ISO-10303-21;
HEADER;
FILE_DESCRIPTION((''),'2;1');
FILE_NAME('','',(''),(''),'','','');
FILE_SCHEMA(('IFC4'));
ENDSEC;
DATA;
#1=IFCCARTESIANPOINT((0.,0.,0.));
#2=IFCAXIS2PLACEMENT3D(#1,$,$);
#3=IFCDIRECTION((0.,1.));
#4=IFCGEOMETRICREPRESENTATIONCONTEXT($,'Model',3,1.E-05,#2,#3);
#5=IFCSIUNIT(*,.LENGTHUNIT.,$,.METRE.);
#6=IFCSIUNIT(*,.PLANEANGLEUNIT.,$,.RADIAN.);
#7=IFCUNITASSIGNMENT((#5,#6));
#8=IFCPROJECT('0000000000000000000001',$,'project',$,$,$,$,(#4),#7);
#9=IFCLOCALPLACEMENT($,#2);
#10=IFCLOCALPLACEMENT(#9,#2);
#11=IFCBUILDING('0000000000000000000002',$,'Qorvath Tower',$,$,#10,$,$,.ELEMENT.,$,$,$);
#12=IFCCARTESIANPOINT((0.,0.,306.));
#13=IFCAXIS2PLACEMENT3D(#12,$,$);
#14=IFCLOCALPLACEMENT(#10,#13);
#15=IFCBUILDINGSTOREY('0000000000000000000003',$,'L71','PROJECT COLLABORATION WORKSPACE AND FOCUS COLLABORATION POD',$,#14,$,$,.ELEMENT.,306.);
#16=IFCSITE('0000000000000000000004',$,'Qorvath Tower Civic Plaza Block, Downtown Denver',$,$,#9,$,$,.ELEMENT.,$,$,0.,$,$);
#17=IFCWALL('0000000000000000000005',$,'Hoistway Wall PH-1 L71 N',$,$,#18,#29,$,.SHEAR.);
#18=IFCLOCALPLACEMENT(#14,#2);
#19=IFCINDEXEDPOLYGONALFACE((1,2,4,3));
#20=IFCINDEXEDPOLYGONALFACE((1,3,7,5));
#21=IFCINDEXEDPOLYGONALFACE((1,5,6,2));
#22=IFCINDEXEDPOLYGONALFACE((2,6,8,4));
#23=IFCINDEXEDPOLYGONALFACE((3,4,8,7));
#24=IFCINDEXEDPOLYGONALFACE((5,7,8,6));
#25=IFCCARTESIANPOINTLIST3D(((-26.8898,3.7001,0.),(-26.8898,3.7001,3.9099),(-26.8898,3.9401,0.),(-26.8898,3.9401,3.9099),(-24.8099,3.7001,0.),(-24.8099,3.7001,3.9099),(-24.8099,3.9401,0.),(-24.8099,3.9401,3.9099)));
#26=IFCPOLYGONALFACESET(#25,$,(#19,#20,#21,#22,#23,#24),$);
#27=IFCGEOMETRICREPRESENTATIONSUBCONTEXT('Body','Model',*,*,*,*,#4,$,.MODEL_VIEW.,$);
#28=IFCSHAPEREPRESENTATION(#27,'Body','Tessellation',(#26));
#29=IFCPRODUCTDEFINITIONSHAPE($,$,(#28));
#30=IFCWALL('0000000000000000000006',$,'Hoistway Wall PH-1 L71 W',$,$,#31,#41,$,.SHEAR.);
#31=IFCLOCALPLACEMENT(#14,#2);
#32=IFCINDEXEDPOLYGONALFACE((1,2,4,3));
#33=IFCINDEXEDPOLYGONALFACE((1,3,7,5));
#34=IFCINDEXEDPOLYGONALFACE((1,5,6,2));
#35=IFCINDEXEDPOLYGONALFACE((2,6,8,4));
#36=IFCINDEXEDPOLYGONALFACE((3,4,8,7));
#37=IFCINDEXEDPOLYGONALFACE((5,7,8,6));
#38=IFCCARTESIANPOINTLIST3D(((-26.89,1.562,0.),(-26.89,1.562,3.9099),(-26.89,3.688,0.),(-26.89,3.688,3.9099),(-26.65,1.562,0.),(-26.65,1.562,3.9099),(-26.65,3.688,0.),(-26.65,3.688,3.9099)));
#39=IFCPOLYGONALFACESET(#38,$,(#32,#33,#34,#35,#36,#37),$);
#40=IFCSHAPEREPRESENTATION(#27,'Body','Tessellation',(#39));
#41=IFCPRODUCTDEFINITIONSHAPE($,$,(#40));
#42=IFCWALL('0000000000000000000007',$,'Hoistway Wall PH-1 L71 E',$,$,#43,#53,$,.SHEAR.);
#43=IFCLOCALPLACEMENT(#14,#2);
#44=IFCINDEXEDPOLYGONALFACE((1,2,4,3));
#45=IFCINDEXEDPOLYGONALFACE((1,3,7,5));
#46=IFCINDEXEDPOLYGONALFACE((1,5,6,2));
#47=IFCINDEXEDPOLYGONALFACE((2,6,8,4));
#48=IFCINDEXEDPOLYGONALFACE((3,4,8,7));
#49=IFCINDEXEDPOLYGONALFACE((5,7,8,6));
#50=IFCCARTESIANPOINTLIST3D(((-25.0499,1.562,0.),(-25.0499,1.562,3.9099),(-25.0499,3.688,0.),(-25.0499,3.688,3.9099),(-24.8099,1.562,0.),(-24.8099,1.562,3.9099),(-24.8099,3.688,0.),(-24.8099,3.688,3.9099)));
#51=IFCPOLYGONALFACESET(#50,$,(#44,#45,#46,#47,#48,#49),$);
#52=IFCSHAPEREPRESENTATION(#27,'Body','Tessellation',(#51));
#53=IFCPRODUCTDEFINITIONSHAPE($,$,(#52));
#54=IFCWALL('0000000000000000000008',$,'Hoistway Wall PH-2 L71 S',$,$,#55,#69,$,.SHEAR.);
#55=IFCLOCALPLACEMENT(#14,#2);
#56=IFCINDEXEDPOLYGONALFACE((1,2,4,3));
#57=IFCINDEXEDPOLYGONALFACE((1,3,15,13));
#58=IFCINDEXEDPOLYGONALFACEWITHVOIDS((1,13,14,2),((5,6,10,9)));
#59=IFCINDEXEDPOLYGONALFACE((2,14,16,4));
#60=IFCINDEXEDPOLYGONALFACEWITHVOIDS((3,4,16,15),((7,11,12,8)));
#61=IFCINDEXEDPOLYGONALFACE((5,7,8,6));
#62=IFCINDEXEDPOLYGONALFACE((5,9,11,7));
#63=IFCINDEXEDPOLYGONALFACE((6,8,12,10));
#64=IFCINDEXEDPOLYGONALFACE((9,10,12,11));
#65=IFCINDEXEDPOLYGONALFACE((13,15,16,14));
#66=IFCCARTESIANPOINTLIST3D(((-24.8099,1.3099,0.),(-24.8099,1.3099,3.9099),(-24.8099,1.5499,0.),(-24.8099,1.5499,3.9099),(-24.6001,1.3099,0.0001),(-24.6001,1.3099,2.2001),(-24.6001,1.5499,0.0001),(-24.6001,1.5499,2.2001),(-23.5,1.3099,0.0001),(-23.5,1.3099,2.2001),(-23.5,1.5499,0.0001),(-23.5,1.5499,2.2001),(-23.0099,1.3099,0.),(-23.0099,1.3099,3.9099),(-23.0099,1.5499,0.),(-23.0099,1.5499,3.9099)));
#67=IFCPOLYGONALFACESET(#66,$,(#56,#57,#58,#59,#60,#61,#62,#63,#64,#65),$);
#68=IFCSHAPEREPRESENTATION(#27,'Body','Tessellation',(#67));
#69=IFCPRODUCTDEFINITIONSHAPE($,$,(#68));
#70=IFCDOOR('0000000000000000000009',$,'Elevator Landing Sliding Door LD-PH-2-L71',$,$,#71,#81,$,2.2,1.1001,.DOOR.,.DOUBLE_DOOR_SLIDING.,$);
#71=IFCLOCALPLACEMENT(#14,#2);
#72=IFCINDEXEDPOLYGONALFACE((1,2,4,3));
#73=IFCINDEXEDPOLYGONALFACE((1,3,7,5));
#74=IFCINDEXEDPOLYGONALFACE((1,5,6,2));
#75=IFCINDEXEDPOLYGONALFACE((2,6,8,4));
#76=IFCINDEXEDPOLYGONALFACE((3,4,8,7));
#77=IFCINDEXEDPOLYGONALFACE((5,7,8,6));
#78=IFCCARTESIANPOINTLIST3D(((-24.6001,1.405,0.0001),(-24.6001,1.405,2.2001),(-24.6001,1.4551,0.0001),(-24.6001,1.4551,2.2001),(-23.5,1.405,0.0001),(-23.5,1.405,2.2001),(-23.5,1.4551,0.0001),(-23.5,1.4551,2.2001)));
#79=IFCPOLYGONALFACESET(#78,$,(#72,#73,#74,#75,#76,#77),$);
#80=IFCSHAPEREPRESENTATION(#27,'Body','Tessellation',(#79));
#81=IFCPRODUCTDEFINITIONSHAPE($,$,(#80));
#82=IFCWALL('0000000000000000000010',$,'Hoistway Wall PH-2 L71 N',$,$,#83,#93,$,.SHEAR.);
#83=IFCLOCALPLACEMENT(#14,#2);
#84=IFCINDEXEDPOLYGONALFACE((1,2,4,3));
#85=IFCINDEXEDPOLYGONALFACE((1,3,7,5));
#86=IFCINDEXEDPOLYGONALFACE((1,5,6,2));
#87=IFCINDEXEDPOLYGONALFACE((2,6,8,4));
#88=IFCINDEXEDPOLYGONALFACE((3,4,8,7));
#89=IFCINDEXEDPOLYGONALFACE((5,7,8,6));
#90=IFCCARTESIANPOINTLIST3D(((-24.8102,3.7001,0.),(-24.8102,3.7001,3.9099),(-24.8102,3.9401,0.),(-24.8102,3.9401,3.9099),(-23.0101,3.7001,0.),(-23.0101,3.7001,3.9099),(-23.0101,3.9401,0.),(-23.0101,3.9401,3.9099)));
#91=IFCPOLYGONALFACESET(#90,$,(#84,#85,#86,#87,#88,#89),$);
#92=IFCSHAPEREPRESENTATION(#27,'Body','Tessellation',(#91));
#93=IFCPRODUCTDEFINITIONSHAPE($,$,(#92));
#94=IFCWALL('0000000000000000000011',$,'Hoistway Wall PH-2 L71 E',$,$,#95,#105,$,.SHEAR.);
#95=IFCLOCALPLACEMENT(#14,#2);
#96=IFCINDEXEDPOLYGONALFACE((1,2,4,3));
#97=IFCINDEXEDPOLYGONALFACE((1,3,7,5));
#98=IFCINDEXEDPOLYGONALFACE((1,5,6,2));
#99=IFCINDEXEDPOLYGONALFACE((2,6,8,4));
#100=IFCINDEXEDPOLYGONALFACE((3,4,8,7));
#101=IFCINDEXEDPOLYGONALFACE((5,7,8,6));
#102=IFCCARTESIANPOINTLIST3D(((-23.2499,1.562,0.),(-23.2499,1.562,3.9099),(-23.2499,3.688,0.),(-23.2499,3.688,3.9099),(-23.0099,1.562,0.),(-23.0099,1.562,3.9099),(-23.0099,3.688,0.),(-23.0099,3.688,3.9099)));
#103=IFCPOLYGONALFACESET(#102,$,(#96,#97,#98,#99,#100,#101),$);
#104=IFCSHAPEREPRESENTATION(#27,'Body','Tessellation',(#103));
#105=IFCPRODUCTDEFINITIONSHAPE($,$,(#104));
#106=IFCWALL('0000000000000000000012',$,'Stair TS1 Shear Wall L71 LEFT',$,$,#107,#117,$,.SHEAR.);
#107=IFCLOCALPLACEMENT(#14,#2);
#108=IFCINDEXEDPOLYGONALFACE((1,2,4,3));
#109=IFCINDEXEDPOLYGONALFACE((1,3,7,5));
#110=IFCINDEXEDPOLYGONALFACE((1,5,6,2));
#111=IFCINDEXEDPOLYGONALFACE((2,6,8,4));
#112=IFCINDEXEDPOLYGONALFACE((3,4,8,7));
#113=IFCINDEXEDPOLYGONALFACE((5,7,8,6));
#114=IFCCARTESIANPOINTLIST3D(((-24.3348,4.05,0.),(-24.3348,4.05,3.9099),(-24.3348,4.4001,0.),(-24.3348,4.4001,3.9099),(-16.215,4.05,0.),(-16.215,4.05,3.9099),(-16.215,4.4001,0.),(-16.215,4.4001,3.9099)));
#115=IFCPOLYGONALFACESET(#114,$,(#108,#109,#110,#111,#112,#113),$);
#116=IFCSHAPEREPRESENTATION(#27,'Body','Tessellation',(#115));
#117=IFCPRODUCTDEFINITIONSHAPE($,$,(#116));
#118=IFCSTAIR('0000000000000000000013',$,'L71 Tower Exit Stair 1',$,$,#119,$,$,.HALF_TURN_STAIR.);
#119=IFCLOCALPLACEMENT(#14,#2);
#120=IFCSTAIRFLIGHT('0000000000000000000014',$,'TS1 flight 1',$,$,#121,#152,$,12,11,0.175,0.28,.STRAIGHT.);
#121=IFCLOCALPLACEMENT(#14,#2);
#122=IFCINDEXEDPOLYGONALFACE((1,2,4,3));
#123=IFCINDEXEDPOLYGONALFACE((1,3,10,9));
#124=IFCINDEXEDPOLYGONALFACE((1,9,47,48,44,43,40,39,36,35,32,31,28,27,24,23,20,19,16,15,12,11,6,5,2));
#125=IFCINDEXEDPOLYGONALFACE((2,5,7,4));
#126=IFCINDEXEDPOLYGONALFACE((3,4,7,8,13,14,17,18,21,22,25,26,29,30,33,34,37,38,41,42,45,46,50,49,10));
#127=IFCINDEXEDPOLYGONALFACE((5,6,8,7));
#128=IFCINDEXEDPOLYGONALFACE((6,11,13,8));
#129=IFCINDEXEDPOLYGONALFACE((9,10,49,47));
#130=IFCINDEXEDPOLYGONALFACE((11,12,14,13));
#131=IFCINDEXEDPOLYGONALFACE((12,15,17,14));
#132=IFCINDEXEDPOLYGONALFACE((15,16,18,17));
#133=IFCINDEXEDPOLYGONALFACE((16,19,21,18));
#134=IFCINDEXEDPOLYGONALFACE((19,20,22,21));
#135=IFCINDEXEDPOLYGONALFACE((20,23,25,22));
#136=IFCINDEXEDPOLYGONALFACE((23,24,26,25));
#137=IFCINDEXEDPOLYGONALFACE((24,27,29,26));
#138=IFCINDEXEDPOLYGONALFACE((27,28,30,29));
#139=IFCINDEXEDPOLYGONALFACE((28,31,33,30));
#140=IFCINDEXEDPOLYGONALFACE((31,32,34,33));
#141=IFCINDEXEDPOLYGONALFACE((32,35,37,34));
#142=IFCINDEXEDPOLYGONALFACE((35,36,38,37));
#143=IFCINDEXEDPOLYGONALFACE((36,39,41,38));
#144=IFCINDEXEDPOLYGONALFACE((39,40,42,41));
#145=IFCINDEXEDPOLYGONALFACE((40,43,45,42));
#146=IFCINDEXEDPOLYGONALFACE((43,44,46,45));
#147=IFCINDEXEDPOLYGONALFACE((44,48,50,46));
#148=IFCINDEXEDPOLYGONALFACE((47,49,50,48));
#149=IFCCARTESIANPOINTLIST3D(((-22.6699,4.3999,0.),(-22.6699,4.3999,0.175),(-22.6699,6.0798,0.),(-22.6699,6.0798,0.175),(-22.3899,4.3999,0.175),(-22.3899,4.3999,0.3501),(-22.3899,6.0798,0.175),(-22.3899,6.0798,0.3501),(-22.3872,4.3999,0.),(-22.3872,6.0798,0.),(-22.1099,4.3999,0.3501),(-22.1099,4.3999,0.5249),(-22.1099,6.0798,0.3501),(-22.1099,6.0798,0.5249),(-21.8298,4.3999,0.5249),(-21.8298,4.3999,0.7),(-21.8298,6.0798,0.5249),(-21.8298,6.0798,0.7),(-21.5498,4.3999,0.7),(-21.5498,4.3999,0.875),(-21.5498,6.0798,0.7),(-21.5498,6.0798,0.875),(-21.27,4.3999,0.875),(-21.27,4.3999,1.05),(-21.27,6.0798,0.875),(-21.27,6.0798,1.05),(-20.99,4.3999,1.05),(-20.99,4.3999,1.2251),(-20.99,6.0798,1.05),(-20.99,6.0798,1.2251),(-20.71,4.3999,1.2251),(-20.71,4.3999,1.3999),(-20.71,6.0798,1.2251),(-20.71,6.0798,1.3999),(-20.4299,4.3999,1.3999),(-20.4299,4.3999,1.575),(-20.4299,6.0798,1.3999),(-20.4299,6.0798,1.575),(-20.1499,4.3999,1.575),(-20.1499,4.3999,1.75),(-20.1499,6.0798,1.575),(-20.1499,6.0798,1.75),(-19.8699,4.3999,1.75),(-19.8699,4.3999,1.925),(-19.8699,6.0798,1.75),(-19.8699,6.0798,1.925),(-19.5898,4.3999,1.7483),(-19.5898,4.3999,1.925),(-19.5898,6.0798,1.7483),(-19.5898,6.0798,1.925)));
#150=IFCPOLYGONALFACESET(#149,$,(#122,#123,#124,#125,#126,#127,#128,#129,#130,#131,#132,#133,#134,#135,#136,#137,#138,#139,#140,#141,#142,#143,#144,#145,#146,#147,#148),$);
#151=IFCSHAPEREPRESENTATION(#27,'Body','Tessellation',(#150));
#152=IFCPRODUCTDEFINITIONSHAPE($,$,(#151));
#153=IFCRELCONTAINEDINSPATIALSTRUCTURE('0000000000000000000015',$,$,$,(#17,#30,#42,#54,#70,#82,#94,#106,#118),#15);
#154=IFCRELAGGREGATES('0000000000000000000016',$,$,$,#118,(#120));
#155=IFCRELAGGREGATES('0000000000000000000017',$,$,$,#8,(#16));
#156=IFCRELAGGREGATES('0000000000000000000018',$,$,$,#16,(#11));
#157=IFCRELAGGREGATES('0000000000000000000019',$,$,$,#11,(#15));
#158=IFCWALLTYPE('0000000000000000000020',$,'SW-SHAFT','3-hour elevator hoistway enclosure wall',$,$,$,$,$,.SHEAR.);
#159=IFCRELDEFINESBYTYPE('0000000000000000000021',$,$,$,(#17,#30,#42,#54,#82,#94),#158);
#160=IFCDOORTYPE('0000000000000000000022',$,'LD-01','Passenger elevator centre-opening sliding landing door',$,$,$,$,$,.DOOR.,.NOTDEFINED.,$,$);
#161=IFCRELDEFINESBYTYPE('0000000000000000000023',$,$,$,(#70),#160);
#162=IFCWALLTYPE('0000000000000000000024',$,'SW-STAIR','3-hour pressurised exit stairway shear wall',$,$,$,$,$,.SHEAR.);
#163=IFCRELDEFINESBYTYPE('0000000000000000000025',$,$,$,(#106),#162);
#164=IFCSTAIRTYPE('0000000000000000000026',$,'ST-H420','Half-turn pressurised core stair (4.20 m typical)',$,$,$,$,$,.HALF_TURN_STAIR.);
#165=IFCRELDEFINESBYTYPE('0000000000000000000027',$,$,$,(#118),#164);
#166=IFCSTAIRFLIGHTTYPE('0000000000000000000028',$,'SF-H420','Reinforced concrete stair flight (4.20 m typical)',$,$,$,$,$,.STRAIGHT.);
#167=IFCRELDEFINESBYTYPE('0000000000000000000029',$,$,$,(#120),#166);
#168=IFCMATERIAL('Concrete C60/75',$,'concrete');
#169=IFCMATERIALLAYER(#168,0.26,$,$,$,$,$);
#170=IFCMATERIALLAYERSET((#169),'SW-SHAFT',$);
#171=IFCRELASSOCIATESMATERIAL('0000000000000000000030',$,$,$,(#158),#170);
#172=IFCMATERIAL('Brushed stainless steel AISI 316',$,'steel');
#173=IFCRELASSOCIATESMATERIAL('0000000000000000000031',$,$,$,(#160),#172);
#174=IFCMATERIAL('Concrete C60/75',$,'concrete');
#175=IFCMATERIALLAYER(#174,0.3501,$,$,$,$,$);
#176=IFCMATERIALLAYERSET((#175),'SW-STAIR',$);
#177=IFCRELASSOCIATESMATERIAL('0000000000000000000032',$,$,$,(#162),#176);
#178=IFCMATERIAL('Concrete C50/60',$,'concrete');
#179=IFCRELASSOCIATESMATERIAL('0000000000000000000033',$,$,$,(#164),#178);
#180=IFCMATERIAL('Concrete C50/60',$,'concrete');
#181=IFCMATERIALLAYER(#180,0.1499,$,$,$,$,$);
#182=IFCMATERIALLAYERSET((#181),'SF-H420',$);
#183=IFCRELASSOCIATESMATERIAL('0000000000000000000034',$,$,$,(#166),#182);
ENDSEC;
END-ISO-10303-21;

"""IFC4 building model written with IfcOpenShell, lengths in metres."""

from ifc_helpers import new_model, si_unit, direction, frame, frame_2d, origin, place, context, subcontext, project, spatial, polyline, rectangle, outline, extrude, material, layer, layer_set, type_object, element, fill, aggregate, save


model = new_model("IFC4")

# Units and contexts
model_context = context("Model", 3, precision=1e-05, world=origin(), true_north=direction((0.0, 1.0)))
body_context = subcontext(model_context, "Body", "Model", "MODEL_VIEW")
ifc_project = project(units=[si_unit("LENGTHUNIT", "METRE"), si_unit("PLANEANGLEUNIT", "RADIAN")], contexts=[model_context])

# Site, building, storey
site_placement = place(None, origin())
site = spatial("IfcSite", under=ifc_project, at=site_placement, Name="Qorvath Tower Civic Plaza Block, Downtown Denver", CompositionType="ELEMENT", RefElevation=0.0)
building_placement = place(site_placement, origin())
building = spatial("IfcBuilding", under=site, at=building_placement, Name="Qorvath Tower", CompositionType="ELEMENT")
storey_placement = place(building_placement, frame((0.0, 0.0, 306.0)))
storey = spatial("IfcBuildingStorey", under=building, at=storey_placement, Name="L71", Description="PROJECT COLLABORATION WORKSPACE AND FOCUS COLLABORATION POD", CompositionType="ELEMENT", Elevation=306.0)

# Shared definitions
ifc_material_1 = material(Name="Concrete C60/75", Category="concrete")
ifc_layer_1 = layer(ifc_material_1, 0.26)
ifc_layer_set_1 = layer_set([ifc_layer_1], Name="SW-SHAFT")
wall_type_1 = type_object("IfcWallType", Name="SW-SHAFT", Description="3-hour elevator hoistway enclosure wall", PredefinedType="SHEAR", material=ifc_layer_set_1)

# Shared definitions
ifc_material_2 = material(Name="Brushed stainless steel AISI 316", Category="steel")
door_type_1 = type_object("IfcDoorType", Name="LD-01", Description="Passenger elevator centre-opening sliding landing door", OperationType="NOTDEFINED", PredefinedType="DOOR", material=ifc_material_2)

# Walls
wall_1_placement = place(storey_placement, frame((-26.8899, 3.8201, 0.0), z_axis=(0.0, 0.0, 1.0), x_axis=(1.0, 0.0, 0.0)))
element("IfcWall", 1, at=wall_1_placement, inside=storey, type_object=wall_type_1, Name="Hoistway Wall PH-1 L71 N", PredefinedType="SHEAR", context=body_context, shape_type="SweptSolid", body=[
    extrude(rectangle(XDim=2.0798, YDim=0.24, at=frame_2d((1.04, 0.0))), origin(), (0.0, 0.0, 1.0), 3.9099),
])
for number, where, z_axis, x_axis, name in (
    (2, (-26.77, 1.562, 0.0), (0.0, 0.0, 1.0), (0.0, 1.0, 0.0), "Hoistway Wall PH-1 L71 W"),
    (3, (-24.9299, 3.688, 0.0), (0.0, 0.0, 1.0), (0.0, -1.0, 0.0), "Hoistway Wall PH-1 L71 E"),
):
    element("IfcWall", number, at=place(storey_placement, frame(where, z_axis=z_axis, x_axis=x_axis)), inside=storey, type_object=wall_type_1, Name=name, PredefinedType="SHEAR", context=body_context, shape_type="SweptSolid", body=[
        extrude(rectangle(XDim=2.126, YDim=0.24, at=frame_2d((1.063, 0.0))), origin(), (0.0, 0.0, 1.0), 3.9099),
    ])

# Wall, opening, door
wall_2_placement = place(storey_placement, frame((-23.01, 1.4299, 0.0), z_axis=(0.0, 0.0, 1.0), x_axis=(-1.0, 0.0, 0.0)))
wall_2 = element("IfcWall", 4, at=wall_2_placement, inside=storey, type_object=wall_type_1, Name="Hoistway Wall PH-2 L71 S", PredefinedType="SHEAR", context=body_context, shape_type="SweptSolid", body=[
    extrude(rectangle(XDim=1.8, YDim=0.24, at=frame_2d((0.8999, 0.0))), origin(), (0.0, 0.0, 1.0), 3.9099),
])
opening_1_placement = place(wall_2_placement, frame((0.49, 0.0, 0.0)))
opening_1 = element("IfcOpeningElement", 5, at=opening_1_placement, cuts=wall_2, PredefinedType="OPENING", context=body_context, shape_type="SweptSolid", body=[
    extrude(rectangle(XDim=1.1001, YDim=2.2, at=frame_2d((0.55, 1.1001))), frame((0.0, 0.1299, 0.0), z_axis=(0.0, -1.0, 0.0), x_axis=(1.0, 0.0, 0.0)), (0.0, 0.0, 1.0), 0.26),
])
door_1_placement = place(opening_1_placement, origin())
door_1 = element("IfcDoor", 6, at=door_1_placement, inside=storey, type_object=door_type_1, Name="Elevator Landing Sliding Door LD-PH-2-L71", OperationType="DOUBLE_DOOR_SLIDING", OverallHeight=2.2, OverallWidth=1.1001, PredefinedType="DOOR", context=body_context, shape_type="SweptSolid", body=[
    extrude(rectangle(XDim=1.1001, YDim=2.2, at=frame_2d((0.55, 1.1001))), frame((0.0, 0.0249, 0.0), z_axis=(0.0, -1.0, 0.0), x_axis=(1.0, 0.0, 0.0)), (0.0, 0.0, 1.0), 0.05),
])
fill(opening_1, door_1)

# Walls
wall_3_placement = place(storey_placement, frame((-24.8101, 3.8201, 0.0), z_axis=(0.0, 0.0, 1.0), x_axis=(1.0, 0.0, 0.0)))
element("IfcWall", 7, at=wall_3_placement, inside=storey, type_object=wall_type_1, Name="Hoistway Wall PH-2 L71 N", PredefinedType="SHEAR", context=body_context, shape_type="SweptSolid", body=[
    extrude(rectangle(XDim=1.8, YDim=0.24, at=frame_2d((0.8999, 0.0))), origin(), (0.0, 0.0, 1.0), 3.9099),
])
wall_4_placement = place(storey_placement, frame((-23.1299, 3.688, 0.0), z_axis=(0.0, 0.0, 1.0), x_axis=(0.0, -1.0, 0.0)))
element("IfcWall", 8, at=wall_4_placement, inside=storey, type_object=wall_type_1, Name="Hoistway Wall PH-2 L71 E", PredefinedType="SHEAR", context=body_context, shape_type="SweptSolid", body=[
    extrude(rectangle(XDim=2.126, YDim=0.24, at=frame_2d((1.063, 0.0))), origin(), (0.0, 0.0, 1.0), 3.9099),
])
ifc_material_3 = material(Name="Concrete C60/75", Category="concrete")
ifc_layer_2 = layer(ifc_material_3, 0.3501)
ifc_layer_set_2 = layer_set([ifc_layer_2], Name="SW-STAIR")
wall_type_2 = type_object("IfcWallType", Name="SW-STAIR", Description="3-hour pressurised exit stairway shear wall", PredefinedType="SHEAR", material=ifc_layer_set_2)
wall_5_placement = place(storey_placement, frame((-24.335, 4.2251, 0.0), z_axis=(0.0, 0.0, 1.0), x_axis=(1.0, 0.0, 0.0)))
element("IfcWall", 9, at=wall_5_placement, inside=storey, type_object=wall_type_2, Name="Stair TS1 Shear Wall L71 LEFT", PredefinedType="SHEAR", context=body_context, shape_type="SweptSolid", body=[
    extrude(rectangle(XDim=8.1199, YDim=0.3501, at=frame_2d((4.0601, 0.0))), origin(), (0.0, 0.0, 1.0), 3.9099),
])

# Stair, stair flight
ifc_material_4 = material(Name="Concrete C50/60", Category="concrete")
stair_type = type_object("IfcStairType", Name="ST-H420", Description="Half-turn pressurised core stair (4.20 m typical)", PredefinedType="HALF_TURN_STAIR", material=ifc_material_4)
stair_placement = place(storey_placement, origin())
stair = element("IfcStair", 10, at=stair_placement, inside=storey, type_object=stair_type, Name="L71 Tower Exit Stair 1", PredefinedType="HALF_TURN_STAIR")
ifc_material_5 = material(Name="Concrete C50/60", Category="concrete")
ifc_layer_3 = layer(ifc_material_5, 0.1499)
ifc_layer_set_3 = layer_set([ifc_layer_3], Name="SF-H420")
stair_flight_type = type_object("IfcStairFlightType", Name="SF-H420", Description="Reinforced concrete stair flight (4.20 m typical)", PredefinedType="STRAIGHT", material=ifc_layer_set_3)
stair_flight_placement = place(storey_placement, frame((-22.6699, 5.24, 0.0), z_axis=(0.0, 0.0, 1.0), x_axis=(1.0, 0.0, 0.0)))
stair_flight = element("IfcStairFlight", 11, at=stair_flight_placement, type_object=stair_flight_type, Name="TS1 flight 1", NumberOfRisers=12, NumberOfTreads=11, PredefinedType="STRAIGHT", RiserHeight=0.175, TreadLength=0.28, context=body_context, shape_type="SweptSolid", body=[
    extrude(outline(polyline([(0.0, 0.0), (0.0, 0.175), (0.28, 0.175), (0.28, 0.3501), (0.5601, 0.3501), (0.5601, 0.5249), (0.8401, 0.5249), (0.8401, 0.7), (1.1201, 0.7), (1.1201, 0.875), (1.3999, 0.875), (1.3999, 1.05), (1.6799, 1.05), (1.6799, 1.2251), (1.96, 1.2251), (1.96, 1.3999), (2.24, 1.3999), (2.24, 1.575), (2.52, 1.575), (2.52, 1.75), (2.8, 1.75), (2.8, 1.925), (3.0801, 1.925), (3.0801, 2.1001), (3.0801, 1.7483), (0.2827, 0.0), (0.0, 0.0)])), frame((0.0, 0.8398, 0.0), z_axis=(0.0, -1.0, 0.0), x_axis=(1.0, 0.0, 0.0)), (0.0, 0.0, 1.0), 1.6799),
])
aggregate(stair, [stair_flight])

save(model, "model.ifc")
